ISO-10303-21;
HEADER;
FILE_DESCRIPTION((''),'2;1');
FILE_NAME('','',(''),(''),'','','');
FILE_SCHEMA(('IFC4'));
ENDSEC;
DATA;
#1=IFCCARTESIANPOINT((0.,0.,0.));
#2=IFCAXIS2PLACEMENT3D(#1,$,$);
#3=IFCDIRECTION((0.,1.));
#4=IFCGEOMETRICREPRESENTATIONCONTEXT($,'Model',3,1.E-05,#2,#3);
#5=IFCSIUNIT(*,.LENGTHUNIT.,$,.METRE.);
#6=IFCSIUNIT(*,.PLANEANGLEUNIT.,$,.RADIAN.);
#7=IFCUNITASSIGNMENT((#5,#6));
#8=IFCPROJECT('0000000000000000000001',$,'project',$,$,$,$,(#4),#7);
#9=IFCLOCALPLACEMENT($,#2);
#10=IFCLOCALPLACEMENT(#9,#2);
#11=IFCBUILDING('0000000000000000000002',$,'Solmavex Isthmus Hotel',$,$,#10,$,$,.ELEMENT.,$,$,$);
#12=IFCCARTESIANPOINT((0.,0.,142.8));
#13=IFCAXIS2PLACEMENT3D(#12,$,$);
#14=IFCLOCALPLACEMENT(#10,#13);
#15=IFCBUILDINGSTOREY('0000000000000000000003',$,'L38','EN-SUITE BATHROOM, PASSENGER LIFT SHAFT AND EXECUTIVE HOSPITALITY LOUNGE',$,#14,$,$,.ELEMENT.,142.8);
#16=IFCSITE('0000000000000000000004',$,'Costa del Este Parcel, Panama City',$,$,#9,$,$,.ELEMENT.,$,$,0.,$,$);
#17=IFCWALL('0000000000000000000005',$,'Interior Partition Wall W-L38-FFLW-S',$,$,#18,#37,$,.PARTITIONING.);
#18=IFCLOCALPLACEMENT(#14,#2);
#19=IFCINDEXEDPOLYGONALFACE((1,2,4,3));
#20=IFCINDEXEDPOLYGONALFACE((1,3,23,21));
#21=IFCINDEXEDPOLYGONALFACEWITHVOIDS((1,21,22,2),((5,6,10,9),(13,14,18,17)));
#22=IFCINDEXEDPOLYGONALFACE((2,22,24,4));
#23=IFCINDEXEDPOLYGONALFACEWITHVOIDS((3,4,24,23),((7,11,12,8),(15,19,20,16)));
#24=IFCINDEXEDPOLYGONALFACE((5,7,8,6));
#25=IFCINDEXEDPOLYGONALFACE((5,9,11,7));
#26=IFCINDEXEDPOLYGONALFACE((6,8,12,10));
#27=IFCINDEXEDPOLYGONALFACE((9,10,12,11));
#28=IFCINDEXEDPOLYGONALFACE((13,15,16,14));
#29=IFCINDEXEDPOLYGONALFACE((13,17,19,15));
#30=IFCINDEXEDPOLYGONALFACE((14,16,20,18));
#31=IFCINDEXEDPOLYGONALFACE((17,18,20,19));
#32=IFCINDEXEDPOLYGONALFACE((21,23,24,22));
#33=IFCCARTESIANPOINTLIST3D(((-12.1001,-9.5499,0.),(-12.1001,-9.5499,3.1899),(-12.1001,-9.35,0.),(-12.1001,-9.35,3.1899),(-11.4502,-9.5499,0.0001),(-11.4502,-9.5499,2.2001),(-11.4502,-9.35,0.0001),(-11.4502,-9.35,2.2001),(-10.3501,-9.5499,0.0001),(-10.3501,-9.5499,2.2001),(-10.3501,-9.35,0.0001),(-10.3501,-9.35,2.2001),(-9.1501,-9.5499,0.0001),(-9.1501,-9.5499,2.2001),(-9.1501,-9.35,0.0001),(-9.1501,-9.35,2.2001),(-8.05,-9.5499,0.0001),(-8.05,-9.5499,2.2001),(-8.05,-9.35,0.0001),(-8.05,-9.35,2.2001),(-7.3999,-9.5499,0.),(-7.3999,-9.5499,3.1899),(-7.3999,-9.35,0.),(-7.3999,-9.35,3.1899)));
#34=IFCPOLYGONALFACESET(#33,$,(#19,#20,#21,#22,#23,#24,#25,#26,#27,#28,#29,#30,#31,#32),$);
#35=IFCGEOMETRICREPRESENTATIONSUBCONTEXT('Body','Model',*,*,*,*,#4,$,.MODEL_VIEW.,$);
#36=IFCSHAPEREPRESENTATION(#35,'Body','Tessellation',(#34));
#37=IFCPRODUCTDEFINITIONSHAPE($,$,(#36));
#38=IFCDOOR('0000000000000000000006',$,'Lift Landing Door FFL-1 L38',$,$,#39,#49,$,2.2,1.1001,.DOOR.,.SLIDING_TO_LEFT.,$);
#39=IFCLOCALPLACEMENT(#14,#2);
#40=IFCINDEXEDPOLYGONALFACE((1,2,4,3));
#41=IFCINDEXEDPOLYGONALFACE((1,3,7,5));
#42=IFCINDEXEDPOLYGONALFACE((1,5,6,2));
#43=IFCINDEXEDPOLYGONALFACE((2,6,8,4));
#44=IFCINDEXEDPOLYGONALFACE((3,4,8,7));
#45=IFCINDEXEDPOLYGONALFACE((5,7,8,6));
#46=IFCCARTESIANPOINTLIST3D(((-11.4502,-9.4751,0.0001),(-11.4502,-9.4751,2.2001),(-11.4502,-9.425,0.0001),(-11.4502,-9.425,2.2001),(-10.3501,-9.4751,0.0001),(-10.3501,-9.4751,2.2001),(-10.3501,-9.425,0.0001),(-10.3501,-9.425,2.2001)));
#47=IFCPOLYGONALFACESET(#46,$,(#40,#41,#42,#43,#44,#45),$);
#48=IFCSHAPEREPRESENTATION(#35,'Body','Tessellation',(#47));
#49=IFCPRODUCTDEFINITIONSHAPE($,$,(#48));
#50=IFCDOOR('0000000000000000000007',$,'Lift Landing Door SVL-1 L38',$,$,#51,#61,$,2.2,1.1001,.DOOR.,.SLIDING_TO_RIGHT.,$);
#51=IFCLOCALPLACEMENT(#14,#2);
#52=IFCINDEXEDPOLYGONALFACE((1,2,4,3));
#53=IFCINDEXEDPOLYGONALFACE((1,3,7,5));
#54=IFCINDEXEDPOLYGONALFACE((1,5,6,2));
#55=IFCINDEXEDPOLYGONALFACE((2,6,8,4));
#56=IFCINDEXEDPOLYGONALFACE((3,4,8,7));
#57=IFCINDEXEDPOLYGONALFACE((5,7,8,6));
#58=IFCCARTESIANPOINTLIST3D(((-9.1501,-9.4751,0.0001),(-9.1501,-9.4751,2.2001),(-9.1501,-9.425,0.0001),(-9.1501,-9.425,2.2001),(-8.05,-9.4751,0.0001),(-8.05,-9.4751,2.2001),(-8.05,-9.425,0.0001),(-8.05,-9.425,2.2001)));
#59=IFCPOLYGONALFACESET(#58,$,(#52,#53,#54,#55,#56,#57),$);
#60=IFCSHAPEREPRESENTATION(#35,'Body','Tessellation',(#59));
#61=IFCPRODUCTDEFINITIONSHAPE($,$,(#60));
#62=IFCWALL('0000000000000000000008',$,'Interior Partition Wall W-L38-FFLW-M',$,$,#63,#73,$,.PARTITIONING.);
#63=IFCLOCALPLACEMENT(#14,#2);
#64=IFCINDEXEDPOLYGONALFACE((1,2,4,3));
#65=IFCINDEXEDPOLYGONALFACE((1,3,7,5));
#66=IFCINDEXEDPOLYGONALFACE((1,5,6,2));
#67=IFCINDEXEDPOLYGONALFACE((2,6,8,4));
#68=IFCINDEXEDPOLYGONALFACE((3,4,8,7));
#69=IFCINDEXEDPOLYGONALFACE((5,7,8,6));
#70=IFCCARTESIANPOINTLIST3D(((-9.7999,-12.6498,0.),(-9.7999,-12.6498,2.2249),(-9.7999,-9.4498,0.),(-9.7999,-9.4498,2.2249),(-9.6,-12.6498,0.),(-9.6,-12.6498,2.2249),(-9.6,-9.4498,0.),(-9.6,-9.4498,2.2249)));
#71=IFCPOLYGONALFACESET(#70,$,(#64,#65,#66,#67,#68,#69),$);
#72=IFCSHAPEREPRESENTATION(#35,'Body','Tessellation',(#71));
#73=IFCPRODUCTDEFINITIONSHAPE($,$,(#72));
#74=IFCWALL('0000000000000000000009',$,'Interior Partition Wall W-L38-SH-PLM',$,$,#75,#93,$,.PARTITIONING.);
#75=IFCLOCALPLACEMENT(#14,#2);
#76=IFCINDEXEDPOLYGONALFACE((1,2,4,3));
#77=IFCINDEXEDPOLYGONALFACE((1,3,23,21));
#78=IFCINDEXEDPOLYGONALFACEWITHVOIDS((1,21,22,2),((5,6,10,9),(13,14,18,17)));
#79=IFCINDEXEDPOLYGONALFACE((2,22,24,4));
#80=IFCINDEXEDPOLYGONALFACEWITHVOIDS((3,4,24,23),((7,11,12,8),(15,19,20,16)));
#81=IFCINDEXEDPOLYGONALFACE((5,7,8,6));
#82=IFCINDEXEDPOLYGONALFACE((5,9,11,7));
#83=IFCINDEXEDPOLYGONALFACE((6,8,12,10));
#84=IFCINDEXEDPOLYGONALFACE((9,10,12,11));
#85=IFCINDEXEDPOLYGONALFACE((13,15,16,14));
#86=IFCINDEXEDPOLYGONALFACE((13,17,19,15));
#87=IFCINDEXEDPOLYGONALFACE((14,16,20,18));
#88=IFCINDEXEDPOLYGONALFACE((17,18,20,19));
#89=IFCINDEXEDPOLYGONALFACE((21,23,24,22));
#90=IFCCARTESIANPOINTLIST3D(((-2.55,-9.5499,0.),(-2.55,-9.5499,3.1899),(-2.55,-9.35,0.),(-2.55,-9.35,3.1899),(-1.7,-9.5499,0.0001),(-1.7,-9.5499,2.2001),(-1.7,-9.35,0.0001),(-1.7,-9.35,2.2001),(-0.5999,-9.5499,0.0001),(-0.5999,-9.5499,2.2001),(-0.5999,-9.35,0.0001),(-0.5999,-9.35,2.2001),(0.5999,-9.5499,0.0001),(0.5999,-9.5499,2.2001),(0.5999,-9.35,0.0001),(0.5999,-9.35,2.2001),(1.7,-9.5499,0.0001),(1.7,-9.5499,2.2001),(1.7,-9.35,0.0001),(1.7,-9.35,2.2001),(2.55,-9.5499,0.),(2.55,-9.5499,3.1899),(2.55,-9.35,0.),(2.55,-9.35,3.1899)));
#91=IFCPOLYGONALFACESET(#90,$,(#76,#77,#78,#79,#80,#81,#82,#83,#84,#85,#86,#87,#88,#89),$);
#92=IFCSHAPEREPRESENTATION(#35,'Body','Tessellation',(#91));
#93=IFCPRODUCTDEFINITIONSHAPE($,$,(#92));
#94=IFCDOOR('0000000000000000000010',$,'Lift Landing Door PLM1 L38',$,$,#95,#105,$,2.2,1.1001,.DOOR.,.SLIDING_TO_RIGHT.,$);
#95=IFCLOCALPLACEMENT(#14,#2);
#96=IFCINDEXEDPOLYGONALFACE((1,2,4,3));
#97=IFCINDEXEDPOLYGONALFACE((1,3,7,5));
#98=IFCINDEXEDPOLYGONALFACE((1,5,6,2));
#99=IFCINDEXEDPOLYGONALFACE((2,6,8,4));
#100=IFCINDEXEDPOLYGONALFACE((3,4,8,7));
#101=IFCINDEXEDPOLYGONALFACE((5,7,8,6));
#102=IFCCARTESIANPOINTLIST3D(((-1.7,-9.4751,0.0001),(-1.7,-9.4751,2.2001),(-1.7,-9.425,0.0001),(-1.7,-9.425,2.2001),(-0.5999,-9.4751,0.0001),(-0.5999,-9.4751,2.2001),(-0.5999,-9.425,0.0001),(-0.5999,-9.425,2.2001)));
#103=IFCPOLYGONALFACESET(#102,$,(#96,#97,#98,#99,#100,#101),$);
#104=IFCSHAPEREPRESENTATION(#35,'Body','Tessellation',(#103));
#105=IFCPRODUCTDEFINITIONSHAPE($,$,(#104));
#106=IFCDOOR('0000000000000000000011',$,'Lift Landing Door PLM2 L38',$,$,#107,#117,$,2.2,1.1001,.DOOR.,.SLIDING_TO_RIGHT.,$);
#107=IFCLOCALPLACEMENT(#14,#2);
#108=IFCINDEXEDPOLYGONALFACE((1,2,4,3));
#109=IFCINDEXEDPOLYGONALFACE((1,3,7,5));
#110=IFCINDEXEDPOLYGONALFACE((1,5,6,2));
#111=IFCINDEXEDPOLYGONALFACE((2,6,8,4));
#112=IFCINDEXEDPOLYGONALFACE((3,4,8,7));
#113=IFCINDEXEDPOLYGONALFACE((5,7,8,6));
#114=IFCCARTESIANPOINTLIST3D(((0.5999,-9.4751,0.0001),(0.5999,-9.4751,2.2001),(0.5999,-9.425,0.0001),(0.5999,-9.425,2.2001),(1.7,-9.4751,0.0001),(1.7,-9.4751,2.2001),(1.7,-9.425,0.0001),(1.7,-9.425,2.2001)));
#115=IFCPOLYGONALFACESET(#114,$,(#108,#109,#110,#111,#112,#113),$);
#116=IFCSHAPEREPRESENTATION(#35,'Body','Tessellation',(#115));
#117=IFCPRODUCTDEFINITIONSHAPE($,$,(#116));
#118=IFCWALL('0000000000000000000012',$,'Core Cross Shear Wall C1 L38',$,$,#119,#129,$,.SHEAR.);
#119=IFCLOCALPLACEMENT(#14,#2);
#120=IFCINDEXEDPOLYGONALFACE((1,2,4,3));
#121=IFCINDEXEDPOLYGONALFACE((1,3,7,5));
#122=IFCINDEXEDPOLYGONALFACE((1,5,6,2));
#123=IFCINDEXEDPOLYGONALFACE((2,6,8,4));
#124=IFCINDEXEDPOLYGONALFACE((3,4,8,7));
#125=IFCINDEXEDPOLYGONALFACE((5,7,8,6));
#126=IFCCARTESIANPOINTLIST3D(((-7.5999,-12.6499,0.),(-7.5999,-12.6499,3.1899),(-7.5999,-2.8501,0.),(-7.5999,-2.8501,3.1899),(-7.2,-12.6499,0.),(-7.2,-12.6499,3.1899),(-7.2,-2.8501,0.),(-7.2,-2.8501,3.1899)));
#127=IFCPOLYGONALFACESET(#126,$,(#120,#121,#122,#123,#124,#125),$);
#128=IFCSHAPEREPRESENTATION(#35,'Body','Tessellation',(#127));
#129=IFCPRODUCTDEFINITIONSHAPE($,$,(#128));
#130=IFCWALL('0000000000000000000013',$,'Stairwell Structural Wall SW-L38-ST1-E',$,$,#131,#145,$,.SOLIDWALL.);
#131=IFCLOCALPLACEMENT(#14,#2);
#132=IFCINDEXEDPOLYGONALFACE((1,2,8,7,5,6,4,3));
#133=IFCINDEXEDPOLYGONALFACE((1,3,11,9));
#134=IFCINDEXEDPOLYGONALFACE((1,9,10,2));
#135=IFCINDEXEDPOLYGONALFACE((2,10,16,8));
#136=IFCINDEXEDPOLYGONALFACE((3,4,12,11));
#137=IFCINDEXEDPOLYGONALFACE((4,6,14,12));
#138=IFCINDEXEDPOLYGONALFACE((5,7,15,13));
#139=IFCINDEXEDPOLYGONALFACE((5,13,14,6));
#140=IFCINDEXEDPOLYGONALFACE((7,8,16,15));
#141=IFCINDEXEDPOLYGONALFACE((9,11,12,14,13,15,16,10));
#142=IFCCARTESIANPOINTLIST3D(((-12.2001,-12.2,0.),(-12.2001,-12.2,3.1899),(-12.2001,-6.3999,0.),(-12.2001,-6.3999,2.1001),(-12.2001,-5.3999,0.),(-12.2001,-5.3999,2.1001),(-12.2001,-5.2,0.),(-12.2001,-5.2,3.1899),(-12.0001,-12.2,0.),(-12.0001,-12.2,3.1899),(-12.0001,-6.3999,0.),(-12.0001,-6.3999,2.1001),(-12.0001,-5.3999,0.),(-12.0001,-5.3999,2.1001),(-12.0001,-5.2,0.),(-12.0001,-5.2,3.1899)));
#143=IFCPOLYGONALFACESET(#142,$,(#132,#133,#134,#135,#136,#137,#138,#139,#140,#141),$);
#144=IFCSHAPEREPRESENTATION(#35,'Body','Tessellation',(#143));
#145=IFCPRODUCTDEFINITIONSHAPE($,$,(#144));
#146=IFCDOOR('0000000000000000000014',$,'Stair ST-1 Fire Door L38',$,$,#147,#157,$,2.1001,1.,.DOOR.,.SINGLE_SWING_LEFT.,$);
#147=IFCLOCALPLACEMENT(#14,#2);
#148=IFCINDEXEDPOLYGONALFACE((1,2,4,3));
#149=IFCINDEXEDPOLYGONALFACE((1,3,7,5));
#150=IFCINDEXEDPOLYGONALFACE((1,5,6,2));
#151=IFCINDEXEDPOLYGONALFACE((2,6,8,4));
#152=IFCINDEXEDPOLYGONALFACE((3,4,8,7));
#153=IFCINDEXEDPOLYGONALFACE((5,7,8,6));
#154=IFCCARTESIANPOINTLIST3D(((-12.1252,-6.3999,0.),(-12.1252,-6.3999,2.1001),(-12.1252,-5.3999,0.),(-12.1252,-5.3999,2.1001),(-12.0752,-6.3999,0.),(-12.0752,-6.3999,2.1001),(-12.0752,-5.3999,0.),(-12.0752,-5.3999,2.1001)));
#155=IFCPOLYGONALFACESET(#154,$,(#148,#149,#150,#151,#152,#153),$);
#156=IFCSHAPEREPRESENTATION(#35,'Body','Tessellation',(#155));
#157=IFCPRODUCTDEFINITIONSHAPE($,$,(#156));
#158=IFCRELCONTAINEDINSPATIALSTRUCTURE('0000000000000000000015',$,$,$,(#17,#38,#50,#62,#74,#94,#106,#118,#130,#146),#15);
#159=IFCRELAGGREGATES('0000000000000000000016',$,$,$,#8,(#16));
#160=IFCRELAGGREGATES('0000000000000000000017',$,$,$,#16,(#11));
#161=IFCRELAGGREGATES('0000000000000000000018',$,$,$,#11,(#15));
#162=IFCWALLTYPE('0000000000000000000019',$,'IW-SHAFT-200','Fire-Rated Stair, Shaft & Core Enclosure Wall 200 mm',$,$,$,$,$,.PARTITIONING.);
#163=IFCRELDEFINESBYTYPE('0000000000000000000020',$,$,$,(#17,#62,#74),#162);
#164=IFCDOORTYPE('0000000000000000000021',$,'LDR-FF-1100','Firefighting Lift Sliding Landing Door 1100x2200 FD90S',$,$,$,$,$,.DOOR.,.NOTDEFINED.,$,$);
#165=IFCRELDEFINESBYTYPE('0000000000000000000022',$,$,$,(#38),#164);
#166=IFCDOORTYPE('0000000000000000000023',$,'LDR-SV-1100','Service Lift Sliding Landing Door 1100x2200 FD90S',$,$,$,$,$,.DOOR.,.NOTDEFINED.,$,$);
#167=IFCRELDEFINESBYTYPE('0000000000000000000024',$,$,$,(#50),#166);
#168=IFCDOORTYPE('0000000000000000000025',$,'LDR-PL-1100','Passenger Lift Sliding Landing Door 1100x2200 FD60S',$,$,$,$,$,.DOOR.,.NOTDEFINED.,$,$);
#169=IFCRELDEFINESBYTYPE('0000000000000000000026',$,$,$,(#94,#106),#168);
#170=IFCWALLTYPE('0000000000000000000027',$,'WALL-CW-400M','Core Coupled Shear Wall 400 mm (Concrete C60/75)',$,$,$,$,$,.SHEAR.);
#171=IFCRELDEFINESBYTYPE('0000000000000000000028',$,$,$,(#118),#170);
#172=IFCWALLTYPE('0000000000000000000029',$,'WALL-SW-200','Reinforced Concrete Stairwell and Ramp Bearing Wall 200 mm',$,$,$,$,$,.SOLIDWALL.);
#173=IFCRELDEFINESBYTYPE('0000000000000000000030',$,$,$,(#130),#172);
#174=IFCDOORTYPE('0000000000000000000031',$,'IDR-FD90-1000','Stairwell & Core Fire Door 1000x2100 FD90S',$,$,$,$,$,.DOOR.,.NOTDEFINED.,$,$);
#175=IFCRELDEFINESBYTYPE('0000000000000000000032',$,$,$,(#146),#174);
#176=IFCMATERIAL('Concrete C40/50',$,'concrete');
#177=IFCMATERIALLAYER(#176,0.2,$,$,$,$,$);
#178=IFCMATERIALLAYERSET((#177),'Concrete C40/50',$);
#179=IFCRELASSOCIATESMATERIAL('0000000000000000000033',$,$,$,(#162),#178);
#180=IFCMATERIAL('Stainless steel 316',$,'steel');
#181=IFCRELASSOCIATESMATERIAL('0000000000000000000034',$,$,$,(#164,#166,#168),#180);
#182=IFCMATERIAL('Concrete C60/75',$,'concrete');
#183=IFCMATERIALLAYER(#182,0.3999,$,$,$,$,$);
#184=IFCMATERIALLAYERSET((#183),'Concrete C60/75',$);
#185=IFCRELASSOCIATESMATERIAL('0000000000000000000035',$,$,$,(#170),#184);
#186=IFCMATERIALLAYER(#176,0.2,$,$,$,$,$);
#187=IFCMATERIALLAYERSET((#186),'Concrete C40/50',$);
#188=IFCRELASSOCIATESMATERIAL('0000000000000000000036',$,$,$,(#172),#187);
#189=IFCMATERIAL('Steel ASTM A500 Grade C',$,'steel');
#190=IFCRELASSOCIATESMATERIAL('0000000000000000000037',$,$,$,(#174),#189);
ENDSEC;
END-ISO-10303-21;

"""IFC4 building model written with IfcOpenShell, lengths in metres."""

from ifc_helpers import new_model, si_unit, direction, frame, frame_2d, origin, place, context, subcontext, project, spatial, rectangle, extrude, material, layer, layer_set, type_object, element, fill, save


model = new_model("IFC4")

# Units and contexts
model_context = context("Model", 3, precision=1e-05, world=origin(), true_north=direction((0.0, 1.0)))
body_context = subcontext(model_context, "Body", "Model", "MODEL_VIEW")
ifc_project = project(units=[si_unit("LENGTHUNIT", "METRE"), si_unit("PLANEANGLEUNIT", "RADIAN")], contexts=[model_context])

# Site, building, storey
site_placement = place(None, origin())
site = spatial("IfcSite", under=ifc_project, at=site_placement, Name="Costa del Este Parcel, Panama City", CompositionType="ELEMENT", RefElevation=0.0)
building_placement = place(site_placement, origin())
building = spatial("IfcBuilding", under=site, at=building_placement, Name="Solmavex Isthmus Hotel", CompositionType="ELEMENT")
storey_placement = place(building_placement, frame((0.0, 0.0, 142.8)))
storey = spatial("IfcBuildingStorey", under=building, at=storey_placement, Name="L38", Description="EN-SUITE BATHROOM, PASSENGER LIFT SHAFT AND EXECUTIVE HOSPITALITY LOUNGE", CompositionType="ELEMENT", Elevation=142.8)

# Shared definitions
ifc_material_1 = material(Name="Concrete C60/75", Category="concrete")

# Shared definitions
ifc_material_2 = material(Name="Concrete C40/50", Category="concrete")

# Shared definitions
ifc_layer_1 = layer(ifc_material_2, 0.2)
ifc_layer_set_1 = layer_set([ifc_layer_1], Name="Concrete C40/50")
wall_type_1 = type_object("IfcWallType", Name="IW-SHAFT-200", Description="Fire-Rated Stair, Shaft & Core Enclosure Wall 200 mm", PredefinedType="PARTITIONING", material=ifc_layer_set_1)
ifc_material_3 = material(Name="Steel ASTM A500 Grade C", Category="steel")

# Wall, openings, doors
wall_1_placement = place(storey_placement, frame((-12.1001, -9.45, 0.0), z_axis=(0.0, 0.0, 1.0), x_axis=(1.0, 0.0, 0.0)))
wall_1 = element("IfcWall", 1, at=wall_1_placement, inside=storey, type_object=wall_type_1, Name="Interior Partition Wall W-L38-FFLW-S", PredefinedType="PARTITIONING", context=body_context, shape_type="SweptSolid", body=[
    extrude(rectangle(XDim=4.7002, YDim=0.2, at=frame_2d((2.3501, 0.0))), origin(), (0.0, 0.0, 1.0), 3.1899),
])
opening_1_placement = place(wall_1_placement, frame((0.6499, 0.0, 0.0)))
opening_1 = element("IfcOpeningElement", 2, at=opening_1_placement, cuts=wall_1, PredefinedType="OPENING", context=body_context, shape_type="SweptSolid", body=[
    extrude(rectangle(XDim=1.1001, YDim=2.2, at=frame_2d((0.55, 1.1001))), frame((0.0, 0.1099, 0.0), z_axis=(0.0, -1.0, 0.0), x_axis=(1.0, 0.0, 0.0)), (0.0, 0.0, 1.0), 0.22),
])
opening_2_placement = place(wall_1_placement, frame((2.95, 0.0, 0.0)))
opening_2 = element("IfcOpeningElement", 3, at=opening_2_placement, cuts=wall_1, PredefinedType="OPENING", context=body_context, shape_type="SweptSolid", body=[
    extrude(rectangle(XDim=1.1001, YDim=2.2, at=frame_2d((0.55, 1.1001))), frame((0.0, 0.1099, 0.0), z_axis=(0.0, -1.0, 0.0), x_axis=(1.0, 0.0, 0.0)), (0.0, 0.0, 1.0), 0.22),
])
ifc_material_4 = material(Name="Stainless steel 316", Category="steel")
door_type_1 = type_object("IfcDoorType", Name="LDR-FF-1100", Description="Firefighting Lift Sliding Landing Door 1100x2200 FD90S", OperationType="NOTDEFINED", PredefinedType="DOOR", material=ifc_material_4)
door_1_placement = place(opening_1_placement, origin())
door_1 = element("IfcDoor", 4, at=door_1_placement, inside=storey, type_object=door_type_1, Name="Lift Landing Door FFL-1 L38", OperationType="SLIDING_TO_LEFT", OverallHeight=2.2, OverallWidth=1.1001, PredefinedType="DOOR", context=body_context, shape_type="SweptSolid", body=[
    extrude(rectangle(XDim=1.1001, YDim=2.2, at=frame_2d((0.55, 1.1001))), frame((0.0, 0.0249, 0.0), z_axis=(0.0, -1.0, 0.0), x_axis=(1.0, 0.0, 0.0)), (0.0, 0.0, 1.0), 0.05),
])
fill(opening_1, door_1)
door_type_2 = type_object("IfcDoorType", Name="LDR-SV-1100", Description="Service Lift Sliding Landing Door 1100x2200 FD90S", OperationType="NOTDEFINED", PredefinedType="DOOR", material=ifc_material_4)
door_2_placement = place(opening_2_placement, origin())
door_2 = element("IfcDoor", 5, at=door_2_placement, inside=storey, type_object=door_type_2, Name="Lift Landing Door SVL-1 L38", OperationType="SLIDING_TO_RIGHT", OverallHeight=2.2, OverallWidth=1.1001, PredefinedType="DOOR", context=body_context, shape_type="SweptSolid", body=[
    extrude(rectangle(XDim=1.1001, YDim=2.2, at=frame_2d((0.55, 1.1001))), frame((0.0, 0.0249, 0.0), z_axis=(0.0, -1.0, 0.0), x_axis=(1.0, 0.0, 0.0)), (0.0, 0.0, 1.0), 0.05),
])
fill(opening_2, door_2)

# Wall
wall_2_placement = place(storey_placement, frame((-9.7, -12.6499, 0.0), z_axis=(0.0, 0.0, 1.0), x_axis=(0.0, 1.0, 0.0)))
element("IfcWall", 6, at=wall_2_placement, inside=storey, type_object=wall_type_1, Name="Interior Partition Wall W-L38-FFLW-M", PredefinedType="PARTITIONING", context=body_context, shape_type="SweptSolid", body=[
    extrude(rectangle(XDim=3.2, YDim=0.2, at=frame_2d((1.6001, 0.0))), origin(), (0.0, 0.0, 1.0), 2.2249),
])

# Wall, openings, doors
wall_3_placement = place(storey_placement, frame((-2.55, -9.45, 0.0), z_axis=(0.0, 0.0, 1.0), x_axis=(1.0, 0.0, 0.0)))
wall_3 = element("IfcWall", 7, at=wall_3_placement, inside=storey, type_object=wall_type_1, Name="Interior Partition Wall W-L38-SH-PLM", PredefinedType="PARTITIONING", context=body_context, shape_type="SweptSolid", body=[
    extrude(rectangle(XDim=5.1001, YDim=0.2, at=frame_2d((2.55, 0.0))), origin(), (0.0, 0.0, 1.0), 3.1899),
])
opening_3_placement = place(wall_3_placement, frame((0.8501, 0.0, 0.0)))
opening_3 = element("IfcOpeningElement", 8, at=opening_3_placement, cuts=wall_3, PredefinedType="OPENING", context=body_context, shape_type="SweptSolid", body=[
    extrude(rectangle(XDim=1.1001, YDim=2.2, at=frame_2d((0.55, 1.1001))), frame((0.0, 0.1099, 0.0), z_axis=(0.0, -1.0, 0.0), x_axis=(1.0, 0.0, 0.0)), (0.0, 0.0, 1.0), 0.22),
])
opening_4_placement = place(wall_3_placement, frame((3.1499, 0.0, 0.0)))
opening_4 = element("IfcOpeningElement", 9, at=opening_4_placement, cuts=wall_3, PredefinedType="OPENING", context=body_context, shape_type="SweptSolid", body=[
    extrude(rectangle(XDim=1.1001, YDim=2.2, at=frame_2d((0.55, 1.1001))), frame((0.0, 0.1099, 0.0), z_axis=(0.0, -1.0, 0.0), x_axis=(1.0, 0.0, 0.0)), (0.0, 0.0, 1.0), 0.22),
])
door_type_3 = type_object("IfcDoorType", Name="LDR-PL-1100", Description="Passenger Lift Sliding Landing Door 1100x2200 FD60S", OperationType="NOTDEFINED", PredefinedType="DOOR", material=ifc_material_4)
door_3_placement = place(opening_3_placement, origin())
door_3 = element("IfcDoor", 10, at=door_3_placement, inside=storey, type_object=door_type_3, Name="Lift Landing Door PLM1 L38", OperationType="SLIDING_TO_RIGHT", OverallHeight=2.2, OverallWidth=1.1001, PredefinedType="DOOR", context=body_context, shape_type="SweptSolid", body=[
    extrude(rectangle(XDim=1.1001, YDim=2.2, at=frame_2d((0.55, 1.1001))), frame((0.0, 0.0249, 0.0), z_axis=(0.0, -1.0, 0.0), x_axis=(1.0, 0.0, 0.0)), (0.0, 0.0, 1.0), 0.05),
])
fill(opening_3, door_3)
door_4_placement = place(opening_4_placement, origin())
door_4 = element("IfcDoor", 11, at=door_4_placement, inside=storey, type_object=door_type_3, Name="Lift Landing Door PLM2 L38", OperationType="SLIDING_TO_RIGHT", OverallHeight=2.2, OverallWidth=1.1001, PredefinedType="DOOR", context=body_context, shape_type="SweptSolid", body=[
    extrude(rectangle(XDim=1.1001, YDim=2.2, at=frame_2d((0.55, 1.1001))), frame((0.0, 0.0249, 0.0), z_axis=(0.0, -1.0, 0.0), x_axis=(1.0, 0.0, 0.0)), (0.0, 0.0, 1.0), 0.05),
])
fill(opening_4, door_4)

# Wall
ifc_layer_2 = layer(ifc_material_1, 0.3999)
ifc_layer_set_2 = layer_set([ifc_layer_2], Name="Concrete C60/75")
wall_type_2 = type_object("IfcWallType", Name="WALL-CW-400M", Description="Core Coupled Shear Wall 400 mm (Concrete C60/75)", PredefinedType="SHEAR", material=ifc_layer_set_2)
wall_4_placement = place(storey_placement, frame((-7.3999, -12.6499, 0.0), z_axis=(0.0, 0.0, 1.0), x_axis=(0.0, 1.0, 0.0)))
element("IfcWall", 12, at=wall_4_placement, inside=storey, type_object=wall_type_2, Name="Core Cross Shear Wall C1 L38", PredefinedType="SHEAR", context=body_context, shape_type="SweptSolid", body=[
    extrude(rectangle(XDim=9.7998, YDim=0.3999, at=frame_2d((4.8999, 0.0))), origin(), (0.0, 0.0, 1.0), 3.1899),
])

# Wall, opening, door
ifc_layer_3 = layer(ifc_material_2, 0.2)
ifc_layer_set_3 = layer_set([ifc_layer_3], Name="Concrete C40/50")
wall_type_3 = type_object("IfcWallType", Name="WALL-SW-200", Description="Reinforced Concrete Stairwell and Ramp Bearing Wall 200 mm", PredefinedType="SOLIDWALL", material=ifc_layer_set_3)
wall_5_placement = place(storey_placement, frame((-12.1001, -12.2, 0.0), z_axis=(0.0, 0.0, 1.0), x_axis=(0.0, 1.0, 0.0)))
wall_5 = element("IfcWall", 13, at=wall_5_placement, inside=storey, type_object=wall_type_3, Name="Stairwell Structural Wall SW-L38-ST1-E", PredefinedType="SOLIDWALL", context=body_context, shape_type="SweptSolid", body=[
    extrude(rectangle(XDim=7.0, YDim=0.2, at=frame_2d((3.5, 0.0))), origin(), (0.0, 0.0, 1.0), 3.1899),
])
opening_5_placement = place(wall_5_placement, frame((5.8, 0.0, 0.0)))
opening_5 = element("IfcOpeningElement", 14, at=opening_5_placement, cuts=wall_5, PredefinedType="OPENING", context=body_context, shape_type="SweptSolid", body=[
    extrude(rectangle(XDim=1.0, YDim=2.1001, at=frame_2d((0.5, 1.05))), frame((0.0, 0.1099, 0.0), z_axis=(0.0, -1.0, 0.0), x_axis=(1.0, 0.0, 0.0)), (0.0, 0.0, 1.0), 0.22),
])
door_type_4 = type_object("IfcDoorType", Name="IDR-FD90-1000", Description="Stairwell & Core Fire Door 1000x2100 FD90S", OperationType="NOTDEFINED", PredefinedType="DOOR", material=ifc_material_3)
door_5_placement = place(opening_5_placement, frame((1.0, 0.0, 0.0), z_axis=(0.0, 0.0, 1.0), x_axis=(-1.0, 0.0, 0.0)))
door_5 = element("IfcDoor", 15, at=door_5_placement, inside=storey, type_object=door_type_4, Name="Stair ST-1 Fire Door L38", OperationType="SINGLE_SWING_LEFT", OverallHeight=2.1001, OverallWidth=1.0, PredefinedType="DOOR", context=body_context, shape_type="SweptSolid", body=[
    extrude(rectangle(XDim=1.0, YDim=2.1001, at=frame_2d((0.5, 1.05))), frame((0.0, 0.0249, 0.0), z_axis=(0.0, -1.0, 0.0), x_axis=(1.0, 0.0, 0.0)), (0.0, 0.0, 1.0), 0.05),
])
fill(opening_5, door_5)

save(model, "model.ifc")
